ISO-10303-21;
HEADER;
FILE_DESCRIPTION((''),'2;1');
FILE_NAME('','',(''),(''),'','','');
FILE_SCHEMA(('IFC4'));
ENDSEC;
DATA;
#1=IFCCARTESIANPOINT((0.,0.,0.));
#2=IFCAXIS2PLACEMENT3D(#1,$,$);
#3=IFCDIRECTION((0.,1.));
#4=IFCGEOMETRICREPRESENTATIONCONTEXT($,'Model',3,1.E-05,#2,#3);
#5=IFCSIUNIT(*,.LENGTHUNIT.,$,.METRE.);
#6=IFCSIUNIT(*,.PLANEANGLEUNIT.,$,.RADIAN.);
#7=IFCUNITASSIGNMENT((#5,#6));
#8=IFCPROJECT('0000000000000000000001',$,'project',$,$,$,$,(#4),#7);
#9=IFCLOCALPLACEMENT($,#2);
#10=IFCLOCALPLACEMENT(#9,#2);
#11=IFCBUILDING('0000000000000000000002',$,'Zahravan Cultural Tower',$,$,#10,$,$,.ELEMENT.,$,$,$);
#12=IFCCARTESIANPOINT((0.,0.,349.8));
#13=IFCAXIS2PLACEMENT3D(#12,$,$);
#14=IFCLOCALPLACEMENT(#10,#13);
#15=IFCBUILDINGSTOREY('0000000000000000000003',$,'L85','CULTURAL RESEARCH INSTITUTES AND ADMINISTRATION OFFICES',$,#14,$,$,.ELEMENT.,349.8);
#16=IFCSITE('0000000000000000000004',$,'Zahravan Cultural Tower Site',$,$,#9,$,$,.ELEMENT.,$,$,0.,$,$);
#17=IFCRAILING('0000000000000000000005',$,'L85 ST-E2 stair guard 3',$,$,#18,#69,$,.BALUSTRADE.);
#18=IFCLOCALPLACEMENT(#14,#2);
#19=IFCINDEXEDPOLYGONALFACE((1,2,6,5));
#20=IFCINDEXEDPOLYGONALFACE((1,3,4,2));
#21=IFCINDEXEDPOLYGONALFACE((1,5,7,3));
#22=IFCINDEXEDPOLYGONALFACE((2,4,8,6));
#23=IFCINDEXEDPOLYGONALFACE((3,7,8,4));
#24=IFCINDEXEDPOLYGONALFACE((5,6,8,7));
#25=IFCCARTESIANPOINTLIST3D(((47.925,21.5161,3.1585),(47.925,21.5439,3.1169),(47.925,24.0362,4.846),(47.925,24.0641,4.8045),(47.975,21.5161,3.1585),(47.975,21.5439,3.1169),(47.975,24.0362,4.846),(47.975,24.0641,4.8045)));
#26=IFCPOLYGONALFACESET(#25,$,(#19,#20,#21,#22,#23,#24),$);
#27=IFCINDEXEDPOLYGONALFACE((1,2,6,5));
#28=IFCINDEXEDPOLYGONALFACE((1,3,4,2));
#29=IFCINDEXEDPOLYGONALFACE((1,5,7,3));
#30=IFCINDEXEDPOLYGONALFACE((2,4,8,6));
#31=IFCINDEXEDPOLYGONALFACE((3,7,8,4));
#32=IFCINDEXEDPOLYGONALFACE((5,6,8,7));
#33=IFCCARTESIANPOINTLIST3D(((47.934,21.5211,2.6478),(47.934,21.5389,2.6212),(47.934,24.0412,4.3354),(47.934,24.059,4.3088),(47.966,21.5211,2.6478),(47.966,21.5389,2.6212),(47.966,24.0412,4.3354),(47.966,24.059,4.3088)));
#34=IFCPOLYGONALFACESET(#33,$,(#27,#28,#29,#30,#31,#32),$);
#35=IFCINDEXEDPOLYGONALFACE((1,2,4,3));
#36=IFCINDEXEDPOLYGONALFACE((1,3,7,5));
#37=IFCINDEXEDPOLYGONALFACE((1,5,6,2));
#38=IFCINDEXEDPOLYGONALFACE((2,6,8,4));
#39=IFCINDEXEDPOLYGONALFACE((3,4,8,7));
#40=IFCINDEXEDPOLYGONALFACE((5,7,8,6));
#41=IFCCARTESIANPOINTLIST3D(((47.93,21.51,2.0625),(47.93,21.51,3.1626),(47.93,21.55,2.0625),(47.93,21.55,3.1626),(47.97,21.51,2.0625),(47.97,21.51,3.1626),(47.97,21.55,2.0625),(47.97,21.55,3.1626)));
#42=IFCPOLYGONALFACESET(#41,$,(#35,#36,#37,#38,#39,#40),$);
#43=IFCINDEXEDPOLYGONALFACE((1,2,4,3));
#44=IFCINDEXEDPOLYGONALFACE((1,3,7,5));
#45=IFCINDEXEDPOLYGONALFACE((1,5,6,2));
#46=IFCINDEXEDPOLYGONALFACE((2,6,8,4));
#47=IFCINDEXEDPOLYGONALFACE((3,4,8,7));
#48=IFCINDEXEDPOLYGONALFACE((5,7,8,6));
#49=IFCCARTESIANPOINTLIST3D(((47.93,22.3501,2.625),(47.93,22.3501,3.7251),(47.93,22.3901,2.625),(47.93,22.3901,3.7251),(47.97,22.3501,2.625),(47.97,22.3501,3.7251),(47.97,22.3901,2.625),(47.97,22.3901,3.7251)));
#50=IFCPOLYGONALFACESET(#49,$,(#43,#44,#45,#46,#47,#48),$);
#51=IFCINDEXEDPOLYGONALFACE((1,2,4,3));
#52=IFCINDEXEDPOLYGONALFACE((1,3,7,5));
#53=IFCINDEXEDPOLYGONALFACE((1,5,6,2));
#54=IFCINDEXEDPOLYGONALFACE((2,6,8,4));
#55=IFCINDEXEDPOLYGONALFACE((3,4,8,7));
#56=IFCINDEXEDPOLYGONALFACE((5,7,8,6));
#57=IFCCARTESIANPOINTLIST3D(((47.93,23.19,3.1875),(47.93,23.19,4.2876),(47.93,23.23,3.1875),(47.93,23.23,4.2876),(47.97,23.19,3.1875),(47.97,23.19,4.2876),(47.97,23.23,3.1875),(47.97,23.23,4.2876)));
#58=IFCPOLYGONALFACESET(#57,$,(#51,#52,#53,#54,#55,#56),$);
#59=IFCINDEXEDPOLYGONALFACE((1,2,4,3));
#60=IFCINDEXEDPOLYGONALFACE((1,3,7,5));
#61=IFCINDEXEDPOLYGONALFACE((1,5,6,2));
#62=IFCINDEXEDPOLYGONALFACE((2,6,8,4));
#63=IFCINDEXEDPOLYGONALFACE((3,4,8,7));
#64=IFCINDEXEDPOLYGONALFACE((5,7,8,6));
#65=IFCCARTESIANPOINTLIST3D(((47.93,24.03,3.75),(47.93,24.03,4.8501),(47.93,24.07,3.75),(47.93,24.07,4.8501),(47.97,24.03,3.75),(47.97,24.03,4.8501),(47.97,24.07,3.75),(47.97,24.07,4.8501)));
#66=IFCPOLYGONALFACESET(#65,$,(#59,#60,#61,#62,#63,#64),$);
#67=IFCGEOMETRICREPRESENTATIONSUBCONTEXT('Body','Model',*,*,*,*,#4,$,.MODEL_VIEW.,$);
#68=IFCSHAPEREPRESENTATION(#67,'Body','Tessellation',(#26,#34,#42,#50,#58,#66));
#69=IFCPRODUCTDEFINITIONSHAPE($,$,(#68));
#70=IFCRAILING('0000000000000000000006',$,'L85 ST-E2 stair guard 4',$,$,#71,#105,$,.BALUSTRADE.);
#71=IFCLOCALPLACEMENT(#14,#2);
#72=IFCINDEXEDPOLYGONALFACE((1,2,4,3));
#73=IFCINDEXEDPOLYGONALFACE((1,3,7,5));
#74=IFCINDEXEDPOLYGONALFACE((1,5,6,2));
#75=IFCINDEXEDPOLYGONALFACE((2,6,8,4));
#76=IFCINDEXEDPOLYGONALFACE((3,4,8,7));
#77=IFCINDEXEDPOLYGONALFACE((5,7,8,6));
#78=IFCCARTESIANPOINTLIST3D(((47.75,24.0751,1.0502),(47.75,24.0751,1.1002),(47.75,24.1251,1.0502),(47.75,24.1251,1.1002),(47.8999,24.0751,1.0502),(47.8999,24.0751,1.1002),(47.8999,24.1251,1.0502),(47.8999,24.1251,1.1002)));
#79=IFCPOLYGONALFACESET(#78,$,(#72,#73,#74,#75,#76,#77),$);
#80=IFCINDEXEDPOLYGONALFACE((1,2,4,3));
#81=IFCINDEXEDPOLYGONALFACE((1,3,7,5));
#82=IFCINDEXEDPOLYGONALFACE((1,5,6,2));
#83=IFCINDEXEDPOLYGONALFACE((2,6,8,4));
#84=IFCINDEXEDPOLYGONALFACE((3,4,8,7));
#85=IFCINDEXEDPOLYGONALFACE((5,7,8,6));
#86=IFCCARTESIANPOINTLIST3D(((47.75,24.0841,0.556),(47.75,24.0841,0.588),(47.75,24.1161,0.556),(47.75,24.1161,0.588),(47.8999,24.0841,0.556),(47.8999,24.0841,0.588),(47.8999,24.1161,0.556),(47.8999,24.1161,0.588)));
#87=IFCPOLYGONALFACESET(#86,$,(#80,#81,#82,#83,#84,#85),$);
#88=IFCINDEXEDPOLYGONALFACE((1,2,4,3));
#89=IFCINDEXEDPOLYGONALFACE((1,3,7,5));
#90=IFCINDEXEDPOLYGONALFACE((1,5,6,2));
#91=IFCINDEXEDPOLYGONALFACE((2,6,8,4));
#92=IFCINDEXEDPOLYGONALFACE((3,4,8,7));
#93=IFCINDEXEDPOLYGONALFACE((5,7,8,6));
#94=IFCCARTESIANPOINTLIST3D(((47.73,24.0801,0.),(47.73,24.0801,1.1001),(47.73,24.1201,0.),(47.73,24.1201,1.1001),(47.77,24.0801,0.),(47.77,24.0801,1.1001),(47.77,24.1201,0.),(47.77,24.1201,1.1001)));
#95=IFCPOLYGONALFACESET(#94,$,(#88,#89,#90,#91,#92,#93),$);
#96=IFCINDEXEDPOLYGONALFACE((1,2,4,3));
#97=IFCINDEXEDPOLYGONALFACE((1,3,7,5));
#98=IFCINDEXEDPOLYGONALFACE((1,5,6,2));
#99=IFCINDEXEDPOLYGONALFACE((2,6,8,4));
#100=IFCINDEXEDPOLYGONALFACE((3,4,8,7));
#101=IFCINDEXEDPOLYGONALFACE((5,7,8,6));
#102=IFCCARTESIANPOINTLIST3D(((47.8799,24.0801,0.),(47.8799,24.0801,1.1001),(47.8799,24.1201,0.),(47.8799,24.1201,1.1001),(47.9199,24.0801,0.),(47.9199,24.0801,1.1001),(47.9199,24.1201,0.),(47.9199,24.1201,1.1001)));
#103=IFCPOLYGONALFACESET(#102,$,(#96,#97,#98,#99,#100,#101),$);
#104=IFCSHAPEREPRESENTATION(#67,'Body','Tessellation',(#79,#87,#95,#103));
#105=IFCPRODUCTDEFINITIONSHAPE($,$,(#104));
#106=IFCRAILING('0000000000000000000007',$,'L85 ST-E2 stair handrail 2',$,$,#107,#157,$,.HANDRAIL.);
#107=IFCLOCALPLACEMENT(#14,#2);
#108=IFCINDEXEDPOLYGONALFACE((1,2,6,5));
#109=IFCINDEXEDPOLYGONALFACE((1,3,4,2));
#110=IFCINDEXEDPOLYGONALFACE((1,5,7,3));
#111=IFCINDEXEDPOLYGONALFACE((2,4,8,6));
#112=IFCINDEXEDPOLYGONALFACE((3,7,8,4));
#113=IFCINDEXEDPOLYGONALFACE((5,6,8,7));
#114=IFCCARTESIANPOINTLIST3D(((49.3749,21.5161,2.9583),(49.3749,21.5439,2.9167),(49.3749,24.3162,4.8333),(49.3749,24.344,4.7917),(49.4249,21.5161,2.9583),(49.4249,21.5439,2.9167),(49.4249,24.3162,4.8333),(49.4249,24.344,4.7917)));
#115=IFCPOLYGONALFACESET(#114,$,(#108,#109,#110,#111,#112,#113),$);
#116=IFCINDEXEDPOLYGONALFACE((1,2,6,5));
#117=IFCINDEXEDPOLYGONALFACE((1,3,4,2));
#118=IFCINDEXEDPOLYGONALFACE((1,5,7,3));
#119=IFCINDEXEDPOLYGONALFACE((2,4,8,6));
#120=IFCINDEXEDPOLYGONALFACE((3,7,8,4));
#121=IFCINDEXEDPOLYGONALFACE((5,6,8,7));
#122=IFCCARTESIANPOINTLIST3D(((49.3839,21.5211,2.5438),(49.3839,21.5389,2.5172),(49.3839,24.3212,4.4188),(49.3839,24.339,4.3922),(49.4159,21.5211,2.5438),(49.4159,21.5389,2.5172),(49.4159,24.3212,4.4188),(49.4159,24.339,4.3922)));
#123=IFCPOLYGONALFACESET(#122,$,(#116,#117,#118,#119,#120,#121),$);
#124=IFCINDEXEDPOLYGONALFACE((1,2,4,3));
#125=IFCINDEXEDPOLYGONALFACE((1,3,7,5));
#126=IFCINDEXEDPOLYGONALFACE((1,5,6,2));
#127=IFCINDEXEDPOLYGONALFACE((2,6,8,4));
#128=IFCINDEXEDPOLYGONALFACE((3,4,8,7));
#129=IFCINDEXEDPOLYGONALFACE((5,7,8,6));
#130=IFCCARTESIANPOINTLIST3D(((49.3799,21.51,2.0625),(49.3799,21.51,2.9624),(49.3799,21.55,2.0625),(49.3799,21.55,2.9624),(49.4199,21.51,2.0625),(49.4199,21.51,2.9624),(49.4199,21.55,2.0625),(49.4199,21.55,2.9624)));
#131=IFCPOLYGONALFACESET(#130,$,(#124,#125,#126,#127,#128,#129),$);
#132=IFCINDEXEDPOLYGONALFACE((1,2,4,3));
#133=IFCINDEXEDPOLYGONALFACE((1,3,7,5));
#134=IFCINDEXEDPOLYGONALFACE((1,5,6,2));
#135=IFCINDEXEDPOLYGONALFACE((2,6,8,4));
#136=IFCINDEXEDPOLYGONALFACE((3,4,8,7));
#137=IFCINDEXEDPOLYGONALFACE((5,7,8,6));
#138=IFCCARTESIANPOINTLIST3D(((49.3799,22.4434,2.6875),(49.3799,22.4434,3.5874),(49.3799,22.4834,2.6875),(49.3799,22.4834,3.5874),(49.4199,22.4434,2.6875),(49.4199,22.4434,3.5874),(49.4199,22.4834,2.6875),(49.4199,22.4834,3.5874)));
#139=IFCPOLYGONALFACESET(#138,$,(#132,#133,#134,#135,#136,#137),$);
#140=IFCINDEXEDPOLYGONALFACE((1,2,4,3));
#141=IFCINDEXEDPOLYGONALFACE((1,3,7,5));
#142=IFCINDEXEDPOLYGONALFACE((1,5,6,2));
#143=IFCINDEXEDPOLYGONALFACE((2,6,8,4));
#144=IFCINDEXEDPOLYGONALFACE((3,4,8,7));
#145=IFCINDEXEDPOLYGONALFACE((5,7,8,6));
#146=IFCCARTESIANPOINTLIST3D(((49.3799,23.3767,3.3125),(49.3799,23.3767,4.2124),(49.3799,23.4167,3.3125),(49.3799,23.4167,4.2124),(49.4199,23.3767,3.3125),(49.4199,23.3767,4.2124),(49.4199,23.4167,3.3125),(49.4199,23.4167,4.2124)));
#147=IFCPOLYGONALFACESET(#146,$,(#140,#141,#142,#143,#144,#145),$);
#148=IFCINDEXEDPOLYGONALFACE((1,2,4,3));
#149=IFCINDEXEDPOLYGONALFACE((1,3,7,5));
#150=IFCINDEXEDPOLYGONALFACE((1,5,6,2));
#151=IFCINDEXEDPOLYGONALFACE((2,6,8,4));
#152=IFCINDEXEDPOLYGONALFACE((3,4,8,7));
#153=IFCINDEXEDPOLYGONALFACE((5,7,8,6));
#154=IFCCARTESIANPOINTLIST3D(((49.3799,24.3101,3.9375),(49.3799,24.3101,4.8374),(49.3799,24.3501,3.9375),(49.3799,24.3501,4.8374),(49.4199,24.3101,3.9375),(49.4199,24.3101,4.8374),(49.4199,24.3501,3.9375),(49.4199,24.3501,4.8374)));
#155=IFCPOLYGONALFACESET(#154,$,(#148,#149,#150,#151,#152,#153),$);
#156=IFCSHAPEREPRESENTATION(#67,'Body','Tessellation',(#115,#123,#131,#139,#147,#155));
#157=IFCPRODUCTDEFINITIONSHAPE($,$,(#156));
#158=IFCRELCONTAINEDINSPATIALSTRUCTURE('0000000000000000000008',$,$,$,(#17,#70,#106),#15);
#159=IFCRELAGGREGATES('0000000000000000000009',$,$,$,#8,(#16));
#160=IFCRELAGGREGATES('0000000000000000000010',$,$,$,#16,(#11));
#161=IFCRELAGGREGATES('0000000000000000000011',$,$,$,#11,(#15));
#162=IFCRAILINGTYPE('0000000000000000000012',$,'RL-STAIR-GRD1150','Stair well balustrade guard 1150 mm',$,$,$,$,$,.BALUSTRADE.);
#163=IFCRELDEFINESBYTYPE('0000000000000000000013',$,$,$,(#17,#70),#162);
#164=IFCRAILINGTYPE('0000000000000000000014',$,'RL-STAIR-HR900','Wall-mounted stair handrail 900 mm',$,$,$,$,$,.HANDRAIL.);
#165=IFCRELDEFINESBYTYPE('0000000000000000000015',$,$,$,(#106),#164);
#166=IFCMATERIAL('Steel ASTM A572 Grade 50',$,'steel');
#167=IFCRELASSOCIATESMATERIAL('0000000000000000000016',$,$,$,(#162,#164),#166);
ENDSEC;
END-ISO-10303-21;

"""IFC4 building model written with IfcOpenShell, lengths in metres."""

from ifc_helpers import new_model, si_unit, direction, frame, origin, origin_2d, place, context, subcontext, project, spatial, rectangle, extrude, material, type_object, element, save


model = new_model("IFC4")

# Units and contexts
model_context = context("Model", 3, precision=1e-05, world=origin(), true_north=direction((0.0, 1.0)))
body_context = subcontext(model_context, "Body", "Model", "MODEL_VIEW")
ifc_project = project(units=[si_unit("LENGTHUNIT", "METRE"), si_unit("PLANEANGLEUNIT", "RADIAN")], contexts=[model_context])

# Site, building, storey
site_placement = place(None, origin())
site = spatial("IfcSite", under=ifc_project, at=site_placement, Name="Zahravan Cultural Tower Site", CompositionType="ELEMENT", RefElevation=0.0)
building_placement = place(site_placement, origin())
building = spatial("IfcBuilding", under=site, at=building_placement, Name="Zahravan Cultural Tower", CompositionType="ELEMENT")
storey_placement = place(building_placement, frame((0.0, 0.0, 349.8)))
storey = spatial("IfcBuildingStorey", under=building, at=storey_placement, Name="L85", Description="CULTURAL RESEARCH INSTITUTES AND ADMINISTRATION OFFICES", CompositionType="ELEMENT", Elevation=349.8)

# Railings
ifc_material_1 = material(Name="Steel ASTM A572 Grade 50", Category="steel")
railing_type_1 = type_object("IfcRailingType", Name="RL-STAIR-GRD1150", Description="Stair well balustrade guard 1150 mm", PredefinedType="BALUSTRADE", material=ifc_material_1)
railing_1_placement = place(storey_placement, frame((47.95, 21.53, 2.0625)))
element("IfcRailing", 1, at=railing_1_placement, inside=storey, type_object=railing_type_1, Name="L85 ST-E2 stair guard 3", PredefinedType="BALUSTRADE", context=body_context, shape_type="SweptSolid", body=[
    extrude(rectangle(XDim=0.05, YDim=0.05, at=origin_2d()), frame((0.0, 0.0, 1.0752), z_axis=(0.0, 0.830909, 0.556408), x_axis=(-1.0, 0.0, 0.0)), (0.0, 0.0, 1.0), 3.033),
    extrude(rectangle(XDim=0.032, YDim=0.032, at=origin_2d()), frame((0.0, 0.0, 0.572), z_axis=(0.0, 0.830909, 0.556408), x_axis=(-1.0, 0.0, 0.0)), (0.0, 0.0, 1.0), 3.033),
    extrude(rectangle(XDim=0.04, YDim=0.04, at=origin_2d()), origin(), (0.0, 0.0, 1.0), 1.1001),
    extrude(rectangle(XDim=0.04, YDim=0.04, at=origin_2d()), frame((0.0, 0.8401, 0.5625)), (0.0, 0.0, 1.0), 1.1001),
    extrude(rectangle(XDim=0.04, YDim=0.04, at=origin_2d()), frame((0.0, 1.6799, 1.125)), (0.0, 0.0, 1.0), 1.1001),
    extrude(rectangle(XDim=0.04, YDim=0.04, at=origin_2d()), frame((0.0, 2.52, 1.6875)), (0.0, 0.0, 1.0), 1.1001),
])
railing_2_placement = place(storey_placement, frame((47.75, 24.1001, 0.0)))
element("IfcRailing", 2, at=railing_2_placement, inside=storey, type_object=railing_type_1, Name="L85 ST-E2 stair guard 4", PredefinedType="BALUSTRADE", context=body_context, shape_type="SweptSolid", body=[
    extrude(rectangle(XDim=0.05, YDim=0.05, at=origin_2d()), frame((0.0, 0.0, 1.0752), z_axis=(1.0, 0.0, 0.0), x_axis=(0.0, 1.0, 0.0)), (0.0, 0.0, 1.0), 0.1499),
    extrude(rectangle(XDim=0.032, YDim=0.032, at=origin_2d()), frame((0.0, 0.0, 0.572), z_axis=(1.0, 0.0, 0.0), x_axis=(0.0, 1.0, 0.0)), (0.0, 0.0, 1.0), 0.1499),
    extrude(rectangle(XDim=0.04, YDim=0.04, at=origin_2d()), origin(), (0.0, 0.0, 1.0), 1.1001),
    extrude(rectangle(XDim=0.04, YDim=0.04, at=origin_2d()), frame((0.1499, 0.0, 0.0)), (0.0, 0.0, 1.0), 1.1001),
])
railing_type_2 = type_object("IfcRailingType", Name="RL-STAIR-HR900", Description="Wall-mounted stair handrail 900 mm", PredefinedType="HANDRAIL", material=ifc_material_1)
railing_3_placement = place(storey_placement, frame((49.3999, 21.53, 2.0625)))
element("IfcRailing", 3, at=railing_3_placement, inside=storey, type_object=railing_type_2, Name="L85 ST-E2 stair handrail 2", PredefinedType="HANDRAIL", context=body_context, shape_type="SweptSolid", body=[
    extrude(rectangle(XDim=0.05, YDim=0.05, at=origin_2d()), frame((0.0, 0.0, 0.875), z_axis=(0.0, 0.830912, 0.556404), x_axis=(-1.0, 0.0, 0.0)), (0.0, 0.0, 1.0), 3.3699),
    extrude(rectangle(XDim=0.032, YDim=0.032, at=origin_2d()), frame((0.0, 0.0, 0.468), z_axis=(0.0, 0.830912, 0.556404), x_axis=(-1.0, 0.0, 0.0)), (0.0, 0.0, 1.0), 3.3699),
    extrude(rectangle(XDim=0.04, YDim=0.04, at=origin_2d()), origin(), (0.0, 0.0, 1.0), 0.8999),
    extrude(rectangle(XDim=0.04, YDim=0.04, at=origin_2d()), frame((0.0, 0.9333, 0.625)), (0.0, 0.0, 1.0), 0.8999),
    extrude(rectangle(XDim=0.04, YDim=0.04, at=origin_2d()), frame((0.0, 1.8667, 1.25)), (0.0, 0.0, 1.0), 0.8999),
    extrude(rectangle(XDim=0.04, YDim=0.04, at=origin_2d()), frame((0.0, 2.8, 1.875)), (0.0, 0.0, 1.0), 0.8999),
])

save(model, "model.ifc")
